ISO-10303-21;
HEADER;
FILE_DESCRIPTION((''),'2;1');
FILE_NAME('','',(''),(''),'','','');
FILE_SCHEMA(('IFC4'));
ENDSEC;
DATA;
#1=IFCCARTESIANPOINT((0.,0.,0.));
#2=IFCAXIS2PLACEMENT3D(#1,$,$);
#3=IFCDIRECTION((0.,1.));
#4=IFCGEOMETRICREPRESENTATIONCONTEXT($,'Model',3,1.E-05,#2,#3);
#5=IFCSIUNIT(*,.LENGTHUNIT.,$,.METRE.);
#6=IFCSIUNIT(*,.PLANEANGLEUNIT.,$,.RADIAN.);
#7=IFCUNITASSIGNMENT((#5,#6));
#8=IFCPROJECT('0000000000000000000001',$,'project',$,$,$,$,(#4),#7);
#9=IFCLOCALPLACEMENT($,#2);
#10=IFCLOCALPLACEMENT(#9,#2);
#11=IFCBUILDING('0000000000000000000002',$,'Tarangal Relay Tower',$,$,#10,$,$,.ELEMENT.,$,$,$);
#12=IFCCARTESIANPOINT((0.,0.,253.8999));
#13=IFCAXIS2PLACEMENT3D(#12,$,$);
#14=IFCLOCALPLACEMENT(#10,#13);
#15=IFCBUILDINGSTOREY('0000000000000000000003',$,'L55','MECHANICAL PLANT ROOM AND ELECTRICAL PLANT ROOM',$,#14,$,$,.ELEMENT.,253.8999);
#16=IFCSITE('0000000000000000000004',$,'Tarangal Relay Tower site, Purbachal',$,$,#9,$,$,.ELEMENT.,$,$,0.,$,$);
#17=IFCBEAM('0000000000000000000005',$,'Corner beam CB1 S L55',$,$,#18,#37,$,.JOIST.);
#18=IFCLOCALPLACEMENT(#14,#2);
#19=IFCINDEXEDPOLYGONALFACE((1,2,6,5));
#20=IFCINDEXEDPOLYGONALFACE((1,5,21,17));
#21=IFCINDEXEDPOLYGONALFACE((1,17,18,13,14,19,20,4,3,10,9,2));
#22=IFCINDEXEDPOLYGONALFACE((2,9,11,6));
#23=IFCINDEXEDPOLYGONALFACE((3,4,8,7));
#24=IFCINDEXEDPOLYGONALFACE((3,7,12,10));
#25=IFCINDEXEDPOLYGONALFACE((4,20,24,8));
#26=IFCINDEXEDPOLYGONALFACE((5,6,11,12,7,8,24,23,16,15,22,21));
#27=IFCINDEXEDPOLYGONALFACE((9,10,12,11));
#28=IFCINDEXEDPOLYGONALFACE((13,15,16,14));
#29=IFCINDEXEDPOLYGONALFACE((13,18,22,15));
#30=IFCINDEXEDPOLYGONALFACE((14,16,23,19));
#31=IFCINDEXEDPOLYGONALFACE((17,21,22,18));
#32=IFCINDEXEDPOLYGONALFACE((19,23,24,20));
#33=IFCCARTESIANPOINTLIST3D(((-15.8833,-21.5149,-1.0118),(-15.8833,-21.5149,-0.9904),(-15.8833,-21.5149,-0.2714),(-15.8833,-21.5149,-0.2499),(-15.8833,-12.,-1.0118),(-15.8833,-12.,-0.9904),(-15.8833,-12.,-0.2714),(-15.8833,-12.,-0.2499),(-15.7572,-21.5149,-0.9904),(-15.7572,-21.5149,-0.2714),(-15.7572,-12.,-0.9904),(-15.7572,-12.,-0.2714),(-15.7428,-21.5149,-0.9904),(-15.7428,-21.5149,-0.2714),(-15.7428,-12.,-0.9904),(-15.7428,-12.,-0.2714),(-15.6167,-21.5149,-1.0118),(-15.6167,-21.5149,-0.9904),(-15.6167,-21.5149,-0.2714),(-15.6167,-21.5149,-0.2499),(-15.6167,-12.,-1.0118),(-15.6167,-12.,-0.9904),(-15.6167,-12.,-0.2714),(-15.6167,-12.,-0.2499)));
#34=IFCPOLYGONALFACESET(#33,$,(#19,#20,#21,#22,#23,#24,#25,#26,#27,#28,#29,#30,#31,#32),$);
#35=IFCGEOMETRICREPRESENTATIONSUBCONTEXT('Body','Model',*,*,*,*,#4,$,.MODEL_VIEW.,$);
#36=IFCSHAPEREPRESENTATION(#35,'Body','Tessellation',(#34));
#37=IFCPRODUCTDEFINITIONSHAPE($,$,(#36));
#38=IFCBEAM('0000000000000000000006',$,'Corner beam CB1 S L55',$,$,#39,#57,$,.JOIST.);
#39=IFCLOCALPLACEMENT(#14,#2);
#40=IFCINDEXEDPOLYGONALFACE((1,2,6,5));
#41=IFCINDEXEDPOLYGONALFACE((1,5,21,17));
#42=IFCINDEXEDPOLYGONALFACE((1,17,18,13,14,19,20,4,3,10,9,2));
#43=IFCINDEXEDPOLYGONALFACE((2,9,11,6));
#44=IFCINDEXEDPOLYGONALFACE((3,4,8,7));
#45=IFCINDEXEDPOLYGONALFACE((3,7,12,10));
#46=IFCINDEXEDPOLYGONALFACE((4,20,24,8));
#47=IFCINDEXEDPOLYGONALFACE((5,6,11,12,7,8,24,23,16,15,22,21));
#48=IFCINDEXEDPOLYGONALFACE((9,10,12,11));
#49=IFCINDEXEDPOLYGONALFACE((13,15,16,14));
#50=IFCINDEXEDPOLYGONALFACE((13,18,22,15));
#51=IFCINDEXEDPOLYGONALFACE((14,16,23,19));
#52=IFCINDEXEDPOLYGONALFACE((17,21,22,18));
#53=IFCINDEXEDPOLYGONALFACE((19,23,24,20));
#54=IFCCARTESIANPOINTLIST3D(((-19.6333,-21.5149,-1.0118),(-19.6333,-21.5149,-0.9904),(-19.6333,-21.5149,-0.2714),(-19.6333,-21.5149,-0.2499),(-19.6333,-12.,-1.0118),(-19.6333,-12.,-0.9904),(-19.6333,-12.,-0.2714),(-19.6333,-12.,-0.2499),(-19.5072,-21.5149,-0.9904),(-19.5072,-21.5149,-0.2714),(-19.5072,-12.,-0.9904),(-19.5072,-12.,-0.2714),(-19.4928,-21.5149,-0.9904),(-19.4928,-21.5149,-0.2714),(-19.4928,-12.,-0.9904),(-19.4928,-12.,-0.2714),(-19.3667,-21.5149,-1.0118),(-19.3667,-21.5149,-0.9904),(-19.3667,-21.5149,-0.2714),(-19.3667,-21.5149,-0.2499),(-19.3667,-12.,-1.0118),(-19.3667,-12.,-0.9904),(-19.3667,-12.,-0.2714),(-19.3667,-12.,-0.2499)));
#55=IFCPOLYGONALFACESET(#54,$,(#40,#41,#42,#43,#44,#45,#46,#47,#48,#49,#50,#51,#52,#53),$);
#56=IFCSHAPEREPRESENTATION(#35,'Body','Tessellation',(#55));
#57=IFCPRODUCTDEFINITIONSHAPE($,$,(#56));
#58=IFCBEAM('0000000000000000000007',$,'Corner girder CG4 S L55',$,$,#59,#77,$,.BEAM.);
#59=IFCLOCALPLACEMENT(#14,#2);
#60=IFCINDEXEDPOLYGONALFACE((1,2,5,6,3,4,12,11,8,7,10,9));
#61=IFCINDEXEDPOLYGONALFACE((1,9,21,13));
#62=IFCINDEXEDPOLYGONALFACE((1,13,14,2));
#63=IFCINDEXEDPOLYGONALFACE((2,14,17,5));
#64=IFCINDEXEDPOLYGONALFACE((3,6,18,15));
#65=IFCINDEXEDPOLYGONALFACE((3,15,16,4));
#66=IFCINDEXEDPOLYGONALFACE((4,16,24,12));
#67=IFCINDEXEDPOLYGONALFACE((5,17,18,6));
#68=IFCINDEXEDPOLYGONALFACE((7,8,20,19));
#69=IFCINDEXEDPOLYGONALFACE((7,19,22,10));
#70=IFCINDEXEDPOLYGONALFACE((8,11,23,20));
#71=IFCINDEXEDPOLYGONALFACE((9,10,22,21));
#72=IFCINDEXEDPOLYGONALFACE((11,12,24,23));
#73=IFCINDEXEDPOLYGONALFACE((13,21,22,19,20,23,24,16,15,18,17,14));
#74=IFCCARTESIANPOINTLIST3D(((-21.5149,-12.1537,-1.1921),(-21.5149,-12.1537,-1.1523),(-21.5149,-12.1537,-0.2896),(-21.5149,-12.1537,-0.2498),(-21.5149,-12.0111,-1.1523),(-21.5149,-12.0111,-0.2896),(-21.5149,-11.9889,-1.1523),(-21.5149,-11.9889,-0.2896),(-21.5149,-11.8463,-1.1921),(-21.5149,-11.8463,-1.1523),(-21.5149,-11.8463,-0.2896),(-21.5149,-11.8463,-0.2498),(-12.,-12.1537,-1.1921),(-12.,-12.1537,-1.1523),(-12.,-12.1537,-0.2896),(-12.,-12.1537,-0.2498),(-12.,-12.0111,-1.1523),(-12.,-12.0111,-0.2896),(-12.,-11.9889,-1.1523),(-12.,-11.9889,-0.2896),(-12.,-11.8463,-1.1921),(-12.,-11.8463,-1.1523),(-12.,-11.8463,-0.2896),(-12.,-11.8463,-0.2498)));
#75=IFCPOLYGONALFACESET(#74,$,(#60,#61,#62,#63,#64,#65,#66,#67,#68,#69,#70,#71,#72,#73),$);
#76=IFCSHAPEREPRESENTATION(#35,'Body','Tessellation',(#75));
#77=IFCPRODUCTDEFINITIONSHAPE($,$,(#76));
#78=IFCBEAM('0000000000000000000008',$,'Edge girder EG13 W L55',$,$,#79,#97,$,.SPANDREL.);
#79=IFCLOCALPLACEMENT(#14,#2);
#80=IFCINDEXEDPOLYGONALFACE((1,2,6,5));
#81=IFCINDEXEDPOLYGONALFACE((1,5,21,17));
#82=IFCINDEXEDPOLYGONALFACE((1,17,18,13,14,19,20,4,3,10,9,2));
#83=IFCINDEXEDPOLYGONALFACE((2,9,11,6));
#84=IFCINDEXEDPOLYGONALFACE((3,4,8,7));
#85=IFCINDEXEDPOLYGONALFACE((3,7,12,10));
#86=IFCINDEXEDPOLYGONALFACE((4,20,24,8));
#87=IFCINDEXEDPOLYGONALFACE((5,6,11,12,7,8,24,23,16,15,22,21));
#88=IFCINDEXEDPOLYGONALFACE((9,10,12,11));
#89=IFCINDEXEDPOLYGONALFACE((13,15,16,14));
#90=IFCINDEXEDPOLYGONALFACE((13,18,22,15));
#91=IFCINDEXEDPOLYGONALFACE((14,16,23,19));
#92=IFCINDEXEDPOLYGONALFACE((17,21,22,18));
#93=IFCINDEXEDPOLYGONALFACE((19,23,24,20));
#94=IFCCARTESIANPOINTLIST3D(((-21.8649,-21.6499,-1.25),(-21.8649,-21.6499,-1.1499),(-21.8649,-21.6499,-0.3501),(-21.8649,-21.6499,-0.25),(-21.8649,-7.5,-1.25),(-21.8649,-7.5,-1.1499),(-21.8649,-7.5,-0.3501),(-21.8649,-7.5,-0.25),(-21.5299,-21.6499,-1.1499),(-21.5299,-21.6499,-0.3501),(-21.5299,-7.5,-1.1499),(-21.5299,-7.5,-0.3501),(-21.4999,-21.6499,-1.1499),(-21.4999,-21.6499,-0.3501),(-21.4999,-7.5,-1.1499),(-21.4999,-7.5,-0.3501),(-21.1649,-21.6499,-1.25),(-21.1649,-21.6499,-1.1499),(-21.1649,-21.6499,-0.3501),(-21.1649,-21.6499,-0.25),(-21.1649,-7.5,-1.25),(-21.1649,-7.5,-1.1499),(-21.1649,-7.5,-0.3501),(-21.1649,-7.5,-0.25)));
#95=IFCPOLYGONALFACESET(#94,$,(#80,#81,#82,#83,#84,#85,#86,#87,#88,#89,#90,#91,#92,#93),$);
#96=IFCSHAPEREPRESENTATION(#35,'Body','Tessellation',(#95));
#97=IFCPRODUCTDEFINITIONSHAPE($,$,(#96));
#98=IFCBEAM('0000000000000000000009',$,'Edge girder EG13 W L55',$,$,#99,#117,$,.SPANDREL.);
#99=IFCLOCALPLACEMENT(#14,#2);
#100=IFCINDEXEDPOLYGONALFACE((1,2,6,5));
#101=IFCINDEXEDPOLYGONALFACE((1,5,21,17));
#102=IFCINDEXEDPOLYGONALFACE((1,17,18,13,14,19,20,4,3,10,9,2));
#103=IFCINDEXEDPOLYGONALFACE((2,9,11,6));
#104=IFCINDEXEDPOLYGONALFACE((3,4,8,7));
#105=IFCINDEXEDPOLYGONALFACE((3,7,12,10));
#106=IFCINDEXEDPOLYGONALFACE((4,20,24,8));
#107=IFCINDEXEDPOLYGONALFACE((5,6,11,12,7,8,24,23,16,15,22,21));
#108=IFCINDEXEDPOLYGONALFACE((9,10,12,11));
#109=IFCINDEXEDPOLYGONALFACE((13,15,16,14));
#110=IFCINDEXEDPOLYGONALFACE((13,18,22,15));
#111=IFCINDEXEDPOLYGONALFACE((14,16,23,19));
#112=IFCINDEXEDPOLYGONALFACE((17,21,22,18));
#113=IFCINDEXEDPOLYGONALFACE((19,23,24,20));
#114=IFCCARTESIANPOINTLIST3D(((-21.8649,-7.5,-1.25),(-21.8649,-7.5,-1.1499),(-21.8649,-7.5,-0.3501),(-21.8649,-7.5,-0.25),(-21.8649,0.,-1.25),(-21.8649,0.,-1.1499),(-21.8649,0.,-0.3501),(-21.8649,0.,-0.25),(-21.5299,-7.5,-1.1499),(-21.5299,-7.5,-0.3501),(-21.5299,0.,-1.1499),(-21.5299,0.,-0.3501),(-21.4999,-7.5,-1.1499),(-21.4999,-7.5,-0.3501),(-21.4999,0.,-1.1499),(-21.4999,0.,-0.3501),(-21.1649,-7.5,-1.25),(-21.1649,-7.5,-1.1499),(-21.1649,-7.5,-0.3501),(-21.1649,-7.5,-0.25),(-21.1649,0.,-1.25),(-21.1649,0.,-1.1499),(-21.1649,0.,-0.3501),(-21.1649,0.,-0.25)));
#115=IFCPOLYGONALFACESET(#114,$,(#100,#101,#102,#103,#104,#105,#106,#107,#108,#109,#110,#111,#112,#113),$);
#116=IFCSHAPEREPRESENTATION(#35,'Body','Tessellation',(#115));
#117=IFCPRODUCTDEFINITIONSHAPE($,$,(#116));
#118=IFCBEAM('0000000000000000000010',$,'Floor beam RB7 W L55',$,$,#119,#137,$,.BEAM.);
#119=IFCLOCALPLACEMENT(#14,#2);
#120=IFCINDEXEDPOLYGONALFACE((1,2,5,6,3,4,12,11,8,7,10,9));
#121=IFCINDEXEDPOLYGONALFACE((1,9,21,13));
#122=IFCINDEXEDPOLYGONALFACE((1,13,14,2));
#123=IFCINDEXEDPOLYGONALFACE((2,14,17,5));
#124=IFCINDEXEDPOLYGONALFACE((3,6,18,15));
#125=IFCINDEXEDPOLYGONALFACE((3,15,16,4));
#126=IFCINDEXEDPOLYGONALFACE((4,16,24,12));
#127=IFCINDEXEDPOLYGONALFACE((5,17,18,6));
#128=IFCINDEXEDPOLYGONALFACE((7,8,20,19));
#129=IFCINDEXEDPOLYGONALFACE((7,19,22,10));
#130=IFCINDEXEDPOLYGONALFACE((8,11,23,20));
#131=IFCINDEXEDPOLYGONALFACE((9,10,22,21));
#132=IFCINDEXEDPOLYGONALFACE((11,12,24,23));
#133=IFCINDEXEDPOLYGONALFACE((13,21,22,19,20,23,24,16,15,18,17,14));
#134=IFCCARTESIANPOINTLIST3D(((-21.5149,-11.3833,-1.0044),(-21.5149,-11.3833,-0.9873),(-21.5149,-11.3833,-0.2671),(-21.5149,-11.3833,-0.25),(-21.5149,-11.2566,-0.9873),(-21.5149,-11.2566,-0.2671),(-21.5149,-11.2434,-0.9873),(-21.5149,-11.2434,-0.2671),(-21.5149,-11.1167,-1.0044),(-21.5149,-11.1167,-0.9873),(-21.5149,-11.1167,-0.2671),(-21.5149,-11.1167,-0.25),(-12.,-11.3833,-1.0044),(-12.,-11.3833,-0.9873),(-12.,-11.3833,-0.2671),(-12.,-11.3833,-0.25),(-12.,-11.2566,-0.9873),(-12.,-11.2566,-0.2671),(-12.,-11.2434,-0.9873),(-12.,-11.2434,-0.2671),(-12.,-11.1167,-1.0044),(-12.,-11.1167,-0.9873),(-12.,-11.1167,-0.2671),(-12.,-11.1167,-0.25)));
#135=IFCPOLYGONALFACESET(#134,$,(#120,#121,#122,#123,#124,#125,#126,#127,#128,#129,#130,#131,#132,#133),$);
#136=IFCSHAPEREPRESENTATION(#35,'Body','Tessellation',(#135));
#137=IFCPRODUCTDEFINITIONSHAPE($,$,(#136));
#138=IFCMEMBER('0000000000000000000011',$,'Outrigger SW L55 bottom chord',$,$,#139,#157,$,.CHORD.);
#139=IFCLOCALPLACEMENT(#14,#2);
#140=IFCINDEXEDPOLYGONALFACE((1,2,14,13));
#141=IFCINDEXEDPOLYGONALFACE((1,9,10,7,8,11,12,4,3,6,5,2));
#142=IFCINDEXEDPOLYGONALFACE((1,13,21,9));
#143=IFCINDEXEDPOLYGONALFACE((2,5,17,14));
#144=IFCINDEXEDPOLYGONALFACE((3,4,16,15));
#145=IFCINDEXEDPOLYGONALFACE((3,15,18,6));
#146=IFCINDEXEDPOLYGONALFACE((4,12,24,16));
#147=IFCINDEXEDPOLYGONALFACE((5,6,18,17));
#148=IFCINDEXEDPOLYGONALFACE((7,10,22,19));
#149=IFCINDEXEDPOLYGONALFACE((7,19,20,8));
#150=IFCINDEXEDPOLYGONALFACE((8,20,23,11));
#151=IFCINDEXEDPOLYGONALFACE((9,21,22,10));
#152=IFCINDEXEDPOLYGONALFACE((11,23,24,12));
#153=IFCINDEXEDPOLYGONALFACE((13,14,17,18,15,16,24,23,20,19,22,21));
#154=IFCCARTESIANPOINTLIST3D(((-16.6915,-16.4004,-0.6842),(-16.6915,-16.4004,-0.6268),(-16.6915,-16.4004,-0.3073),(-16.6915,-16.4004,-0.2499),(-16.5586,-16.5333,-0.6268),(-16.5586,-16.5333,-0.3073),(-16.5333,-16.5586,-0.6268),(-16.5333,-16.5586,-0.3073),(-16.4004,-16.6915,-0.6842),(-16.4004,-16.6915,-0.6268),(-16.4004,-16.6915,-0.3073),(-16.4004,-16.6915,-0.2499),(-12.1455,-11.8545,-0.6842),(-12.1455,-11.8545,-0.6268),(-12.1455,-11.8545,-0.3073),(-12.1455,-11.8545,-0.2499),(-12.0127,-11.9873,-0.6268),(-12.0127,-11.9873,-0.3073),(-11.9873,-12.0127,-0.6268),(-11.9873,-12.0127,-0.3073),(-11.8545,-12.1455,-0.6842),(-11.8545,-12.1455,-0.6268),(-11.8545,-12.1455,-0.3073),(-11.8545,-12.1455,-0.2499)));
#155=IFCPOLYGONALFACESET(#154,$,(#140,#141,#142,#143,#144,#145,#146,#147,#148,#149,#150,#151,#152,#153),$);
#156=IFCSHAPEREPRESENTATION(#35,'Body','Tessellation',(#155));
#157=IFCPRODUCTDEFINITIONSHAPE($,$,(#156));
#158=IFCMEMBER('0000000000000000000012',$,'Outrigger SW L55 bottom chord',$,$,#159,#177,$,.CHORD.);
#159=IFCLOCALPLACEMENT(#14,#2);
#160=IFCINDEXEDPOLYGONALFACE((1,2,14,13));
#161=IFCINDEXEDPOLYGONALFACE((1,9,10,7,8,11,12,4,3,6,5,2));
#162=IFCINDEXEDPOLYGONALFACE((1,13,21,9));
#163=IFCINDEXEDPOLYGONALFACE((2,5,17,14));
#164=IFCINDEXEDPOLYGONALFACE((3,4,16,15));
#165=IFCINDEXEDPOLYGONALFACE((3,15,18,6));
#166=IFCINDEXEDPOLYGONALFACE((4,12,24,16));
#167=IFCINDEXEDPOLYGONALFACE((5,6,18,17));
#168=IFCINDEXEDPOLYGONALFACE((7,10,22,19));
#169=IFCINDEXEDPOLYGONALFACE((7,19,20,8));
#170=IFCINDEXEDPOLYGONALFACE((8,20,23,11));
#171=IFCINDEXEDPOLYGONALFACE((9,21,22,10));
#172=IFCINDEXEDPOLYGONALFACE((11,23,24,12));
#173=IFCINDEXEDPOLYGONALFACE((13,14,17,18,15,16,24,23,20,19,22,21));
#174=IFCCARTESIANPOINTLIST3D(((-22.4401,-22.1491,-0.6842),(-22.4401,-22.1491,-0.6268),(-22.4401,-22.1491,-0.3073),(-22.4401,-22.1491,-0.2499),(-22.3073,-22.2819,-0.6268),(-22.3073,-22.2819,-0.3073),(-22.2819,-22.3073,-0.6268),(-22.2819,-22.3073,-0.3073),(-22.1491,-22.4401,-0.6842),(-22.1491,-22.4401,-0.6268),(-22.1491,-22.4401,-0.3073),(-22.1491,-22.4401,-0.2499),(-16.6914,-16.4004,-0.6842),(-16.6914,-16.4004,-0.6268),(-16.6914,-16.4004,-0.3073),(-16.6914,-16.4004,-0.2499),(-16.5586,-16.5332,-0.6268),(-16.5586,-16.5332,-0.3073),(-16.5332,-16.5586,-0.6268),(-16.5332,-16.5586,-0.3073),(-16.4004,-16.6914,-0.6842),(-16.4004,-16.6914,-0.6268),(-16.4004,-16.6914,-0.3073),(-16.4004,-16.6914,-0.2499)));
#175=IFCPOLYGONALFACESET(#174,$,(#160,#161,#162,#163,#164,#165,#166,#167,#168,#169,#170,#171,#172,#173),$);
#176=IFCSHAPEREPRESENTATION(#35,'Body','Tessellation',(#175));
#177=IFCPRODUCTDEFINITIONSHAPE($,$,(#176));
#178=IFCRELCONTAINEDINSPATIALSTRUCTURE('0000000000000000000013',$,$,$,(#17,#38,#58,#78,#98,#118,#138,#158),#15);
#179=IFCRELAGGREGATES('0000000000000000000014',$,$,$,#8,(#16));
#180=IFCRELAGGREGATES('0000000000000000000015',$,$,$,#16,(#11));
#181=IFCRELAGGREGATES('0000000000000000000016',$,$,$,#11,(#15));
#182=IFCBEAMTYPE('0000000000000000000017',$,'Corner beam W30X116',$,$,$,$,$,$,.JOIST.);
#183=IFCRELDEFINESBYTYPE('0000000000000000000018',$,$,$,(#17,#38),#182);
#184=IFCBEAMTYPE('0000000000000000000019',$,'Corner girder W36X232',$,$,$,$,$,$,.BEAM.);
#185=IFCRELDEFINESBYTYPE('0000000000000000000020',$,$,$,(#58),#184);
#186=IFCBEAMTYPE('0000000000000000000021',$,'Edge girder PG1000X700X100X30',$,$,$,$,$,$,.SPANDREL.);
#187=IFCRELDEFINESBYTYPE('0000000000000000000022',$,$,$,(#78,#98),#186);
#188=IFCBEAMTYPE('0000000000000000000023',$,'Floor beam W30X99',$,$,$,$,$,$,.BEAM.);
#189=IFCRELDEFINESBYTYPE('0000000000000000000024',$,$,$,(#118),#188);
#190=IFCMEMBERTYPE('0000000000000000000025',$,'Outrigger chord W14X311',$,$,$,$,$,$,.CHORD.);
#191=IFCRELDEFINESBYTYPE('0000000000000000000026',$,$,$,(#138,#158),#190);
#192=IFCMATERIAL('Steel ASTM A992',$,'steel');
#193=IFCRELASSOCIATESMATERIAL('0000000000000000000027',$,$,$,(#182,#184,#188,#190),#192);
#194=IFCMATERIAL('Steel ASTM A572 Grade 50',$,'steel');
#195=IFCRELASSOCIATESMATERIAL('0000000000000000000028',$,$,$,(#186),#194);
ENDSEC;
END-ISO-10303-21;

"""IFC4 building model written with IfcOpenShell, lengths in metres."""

from ifc_helpers import new_model, si_unit, direction, frame, origin, origin_2d, place, context, subcontext, project, spatial, i_section, extrude, clip, halfspace, material, material_profile, profile_set, type_object, element, save


model = new_model("IFC4")

# Units and contexts
model_context = context("Model", 3, precision=1e-05, world=origin(), true_north=direction((0.0, 1.0)))
body_context = subcontext(model_context, "Body", "Model", "MODEL_VIEW")
ifc_project = project(units=[si_unit("LENGTHUNIT", "METRE"), si_unit("PLANEANGLEUNIT", "RADIAN")], contexts=[model_context])

# Site, building, storey
site_placement = place(None, origin())
site = spatial("IfcSite", under=ifc_project, at=site_placement, Name="Tarangal Relay Tower site, Purbachal", CompositionType="ELEMENT", RefElevation=0.0)
building_placement = place(site_placement, origin())
building = spatial("IfcBuilding", under=site, at=building_placement, Name="Tarangal Relay Tower", CompositionType="ELEMENT")
storey_placement = place(building_placement, frame((0.0, 0.0, 253.8999)))
storey = spatial("IfcBuildingStorey", under=building, at=storey_placement, Name="L55", Description="MECHANICAL PLANT ROOM AND ELECTRICAL PLANT ROOM", CompositionType="ELEMENT", Elevation=253.8999)

# Shared definitions
ifc_material_1 = material(Name="Steel ASTM A572 Grade 50", Category="steel")

# Beams
ifc_material_2 = material(Name="Steel ASTM A992", Category="steel")
ifc_material_profile_1 = material_profile(ifc_material_2, i_section(OverallWidth=0.2666, OverallDepth=0.762, WebThickness=0.0144, FlangeThickness=0.0215, at=origin_2d()), Name="W30X116")
ifc_profile_set_1 = profile_set([ifc_material_profile_1], Name="Steel ASTM A992")
beam_type_1 = type_object("IfcBeamType", Name="Corner beam W30X116", PredefinedType="JOIST", material=ifc_profile_set_1)
for number, where, z_axis, x_axis, name in (
    (1, (-15.75, -12.0, -0.6309), (0.0, -1.0, 0.0), (1.0, 0.0, 0.0), "Corner beam CB1 S L55"),
    (2, (-19.5, -12.0, -0.6309), (0.0, -1.0, 0.0), (1.0, 0.0, 0.0), "Corner beam CB1 S L55"),
):
    element("IfcBeam", number, at=place(storey_placement, frame(where, z_axis=z_axis, x_axis=x_axis)), inside=storey, type_object=beam_type_1, Name=name, PredefinedType="JOIST", context=body_context, shape_type="SweptSolid", body=[
        extrude(i_section(OverallWidth=0.2666, OverallDepth=0.762, WebThickness=0.0144, FlangeThickness=0.0215, at=origin_2d()), origin(), (0.0, 0.0, 1.0), 9.5149),
    ])
ifc_material_profile_2 = material_profile(ifc_material_2, i_section(OverallWidth=0.3074, OverallDepth=0.9424, WebThickness=0.0222, FlangeThickness=0.0398, at=origin_2d()), Name="W36X232")
ifc_profile_set_2 = profile_set([ifc_material_profile_2], Name="Steel ASTM A992")
beam_type_2 = type_object("IfcBeamType", Name="Corner girder W36X232", PredefinedType="BEAM", material=ifc_profile_set_2)
beam_1_placement = place(storey_placement, frame((-12.0, -12.0, -0.7209), z_axis=(-1.0, 0.0, 0.0), x_axis=(0.0, -1.0, 0.0)))
element("IfcBeam", 3, at=beam_1_placement, inside=storey, type_object=beam_type_2, Name="Corner girder CG4 S L55", PredefinedType="BEAM", context=body_context, shape_type="SweptSolid", body=[
    extrude(i_section(OverallWidth=0.3074, OverallDepth=0.9424, WebThickness=0.0222, FlangeThickness=0.0398, at=origin_2d()), origin(), (0.0, 0.0, 1.0), 9.5149),
])
ifc_material_profile_3 = material_profile(ifc_material_1, i_section(OverallWidth=0.7, OverallDepth=1.0, WebThickness=0.03, FlangeThickness=0.1001, at=origin_2d()), Name="PG1000X700X100X30")
ifc_profile_set_3 = profile_set([ifc_material_profile_3], Name="Steel ASTM A572 Grade 50")
beam_type_3 = type_object("IfcBeamType", Name="Edge girder PG1000X700X100X30", PredefinedType="SPANDREL", material=ifc_profile_set_3)
beam_2_placement = place(storey_placement, frame((-21.5149, -21.6499, -0.75), z_axis=(0.0, 1.0, 0.0), x_axis=(-1.0, 0.0, 0.0)))
element("IfcBeam", 4, at=beam_2_placement, inside=storey, type_object=beam_type_3, Name="Edge girder EG13 W L55", PredefinedType="SPANDREL", context=body_context, shape_type="SweptSolid", body=[
    extrude(i_section(OverallWidth=0.7, OverallDepth=1.0, WebThickness=0.03, FlangeThickness=0.1001, at=origin_2d()), origin(), (0.0, 0.0, 1.0), 14.1499),
])
beam_3_placement = place(storey_placement, frame((-21.5149, -7.5, -0.75), z_axis=(0.0, 1.0, 0.0), x_axis=(-1.0, 0.0, 0.0)))
element("IfcBeam", 5, at=beam_3_placement, inside=storey, type_object=beam_type_3, Name="Edge girder EG13 W L55", PredefinedType="SPANDREL", context=body_context, shape_type="SweptSolid", body=[
    extrude(i_section(OverallWidth=0.7, OverallDepth=1.0, WebThickness=0.03, FlangeThickness=0.1001, at=origin_2d()), origin(), (0.0, 0.0, 1.0), 7.5),
])
ifc_material_profile_4 = material_profile(ifc_material_2, i_section(OverallWidth=0.2666, OverallDepth=0.7544, WebThickness=0.0132, FlangeThickness=0.0171, at=origin_2d()), Name="W30X99")
ifc_profile_set_4 = profile_set([ifc_material_profile_4], Name="Steel ASTM A992")
beam_type_4 = type_object("IfcBeamType", Name="Floor beam W30X99", PredefinedType="BEAM", material=ifc_profile_set_4)
beam_4_placement = place(storey_placement, frame((-12.0, -11.25, -0.6272), z_axis=(-1.0, 0.0, 0.0), x_axis=(0.0, -1.0, 0.0)))
element("IfcBeam", 6, at=beam_4_placement, inside=storey, type_object=beam_type_4, Name="Floor beam RB7 W L55", PredefinedType="BEAM", context=body_context, shape_type="SweptSolid", body=[
    extrude(i_section(OverallWidth=0.2666, OverallDepth=0.7544, WebThickness=0.0132, FlangeThickness=0.0171, at=origin_2d()), origin(), (0.0, 0.0, 1.0), 9.5149),
])

# Members
ifc_material_profile_5 = material_profile(ifc_material_2, i_section(OverallWidth=0.4116, OverallDepth=0.4343, WebThickness=0.0359, FlangeThickness=0.0574, at=origin_2d()), Name="W14X311")
ifc_profile_set_5 = profile_set([ifc_material_profile_5], Name="Steel ASTM A992")
member_type_1 = type_object("IfcMemberType", Name="Outrigger chord W14X311", PredefinedType="CHORD", material=ifc_profile_set_5)
member_1_placement = place(storey_placement, frame((-12.0, -12.0, -0.467), z_axis=(-0.707107, -0.707107, 0.0), x_axis=(0.707107, -0.707107, 0.0)))
element("IfcMember", 7, at=member_1_placement, inside=storey, type_object=member_type_1, Name="Outrigger SW L55 bottom chord", PredefinedType="CHORD", context=body_context, shape_type="SweptSolid", body=[
    extrude(i_section(OverallWidth=0.4116, OverallDepth=0.4343, WebThickness=0.0359, FlangeThickness=0.0574, at=origin_2d()), origin(), (0.0, 0.0, 1.0), 6.429),
])
member_2_placement = place(storey_placement, frame((-16.5459, -16.5459, -0.467), z_axis=(-0.707107, -0.707107, 0.0), x_axis=(0.707107, -0.707107, 0.0)))
element("IfcMember", 8, at=member_2_placement, inside=storey, type_object=member_type_1, Name="Outrigger SW L55 bottom chord", PredefinedType="CHORD", context=body_context, shape_type="Clipping", body=[
    clip(extrude(i_section(OverallWidth=0.4116, OverallDepth=0.4343, WebThickness=0.0359, FlangeThickness=0.0574, at=origin_2d()), origin(), (0.0, 0.0, 1.0), 8.4204), halfspace(frame((0.0, 0.0, 8.1299)), False)),
])

save(model, "model.ifc")
